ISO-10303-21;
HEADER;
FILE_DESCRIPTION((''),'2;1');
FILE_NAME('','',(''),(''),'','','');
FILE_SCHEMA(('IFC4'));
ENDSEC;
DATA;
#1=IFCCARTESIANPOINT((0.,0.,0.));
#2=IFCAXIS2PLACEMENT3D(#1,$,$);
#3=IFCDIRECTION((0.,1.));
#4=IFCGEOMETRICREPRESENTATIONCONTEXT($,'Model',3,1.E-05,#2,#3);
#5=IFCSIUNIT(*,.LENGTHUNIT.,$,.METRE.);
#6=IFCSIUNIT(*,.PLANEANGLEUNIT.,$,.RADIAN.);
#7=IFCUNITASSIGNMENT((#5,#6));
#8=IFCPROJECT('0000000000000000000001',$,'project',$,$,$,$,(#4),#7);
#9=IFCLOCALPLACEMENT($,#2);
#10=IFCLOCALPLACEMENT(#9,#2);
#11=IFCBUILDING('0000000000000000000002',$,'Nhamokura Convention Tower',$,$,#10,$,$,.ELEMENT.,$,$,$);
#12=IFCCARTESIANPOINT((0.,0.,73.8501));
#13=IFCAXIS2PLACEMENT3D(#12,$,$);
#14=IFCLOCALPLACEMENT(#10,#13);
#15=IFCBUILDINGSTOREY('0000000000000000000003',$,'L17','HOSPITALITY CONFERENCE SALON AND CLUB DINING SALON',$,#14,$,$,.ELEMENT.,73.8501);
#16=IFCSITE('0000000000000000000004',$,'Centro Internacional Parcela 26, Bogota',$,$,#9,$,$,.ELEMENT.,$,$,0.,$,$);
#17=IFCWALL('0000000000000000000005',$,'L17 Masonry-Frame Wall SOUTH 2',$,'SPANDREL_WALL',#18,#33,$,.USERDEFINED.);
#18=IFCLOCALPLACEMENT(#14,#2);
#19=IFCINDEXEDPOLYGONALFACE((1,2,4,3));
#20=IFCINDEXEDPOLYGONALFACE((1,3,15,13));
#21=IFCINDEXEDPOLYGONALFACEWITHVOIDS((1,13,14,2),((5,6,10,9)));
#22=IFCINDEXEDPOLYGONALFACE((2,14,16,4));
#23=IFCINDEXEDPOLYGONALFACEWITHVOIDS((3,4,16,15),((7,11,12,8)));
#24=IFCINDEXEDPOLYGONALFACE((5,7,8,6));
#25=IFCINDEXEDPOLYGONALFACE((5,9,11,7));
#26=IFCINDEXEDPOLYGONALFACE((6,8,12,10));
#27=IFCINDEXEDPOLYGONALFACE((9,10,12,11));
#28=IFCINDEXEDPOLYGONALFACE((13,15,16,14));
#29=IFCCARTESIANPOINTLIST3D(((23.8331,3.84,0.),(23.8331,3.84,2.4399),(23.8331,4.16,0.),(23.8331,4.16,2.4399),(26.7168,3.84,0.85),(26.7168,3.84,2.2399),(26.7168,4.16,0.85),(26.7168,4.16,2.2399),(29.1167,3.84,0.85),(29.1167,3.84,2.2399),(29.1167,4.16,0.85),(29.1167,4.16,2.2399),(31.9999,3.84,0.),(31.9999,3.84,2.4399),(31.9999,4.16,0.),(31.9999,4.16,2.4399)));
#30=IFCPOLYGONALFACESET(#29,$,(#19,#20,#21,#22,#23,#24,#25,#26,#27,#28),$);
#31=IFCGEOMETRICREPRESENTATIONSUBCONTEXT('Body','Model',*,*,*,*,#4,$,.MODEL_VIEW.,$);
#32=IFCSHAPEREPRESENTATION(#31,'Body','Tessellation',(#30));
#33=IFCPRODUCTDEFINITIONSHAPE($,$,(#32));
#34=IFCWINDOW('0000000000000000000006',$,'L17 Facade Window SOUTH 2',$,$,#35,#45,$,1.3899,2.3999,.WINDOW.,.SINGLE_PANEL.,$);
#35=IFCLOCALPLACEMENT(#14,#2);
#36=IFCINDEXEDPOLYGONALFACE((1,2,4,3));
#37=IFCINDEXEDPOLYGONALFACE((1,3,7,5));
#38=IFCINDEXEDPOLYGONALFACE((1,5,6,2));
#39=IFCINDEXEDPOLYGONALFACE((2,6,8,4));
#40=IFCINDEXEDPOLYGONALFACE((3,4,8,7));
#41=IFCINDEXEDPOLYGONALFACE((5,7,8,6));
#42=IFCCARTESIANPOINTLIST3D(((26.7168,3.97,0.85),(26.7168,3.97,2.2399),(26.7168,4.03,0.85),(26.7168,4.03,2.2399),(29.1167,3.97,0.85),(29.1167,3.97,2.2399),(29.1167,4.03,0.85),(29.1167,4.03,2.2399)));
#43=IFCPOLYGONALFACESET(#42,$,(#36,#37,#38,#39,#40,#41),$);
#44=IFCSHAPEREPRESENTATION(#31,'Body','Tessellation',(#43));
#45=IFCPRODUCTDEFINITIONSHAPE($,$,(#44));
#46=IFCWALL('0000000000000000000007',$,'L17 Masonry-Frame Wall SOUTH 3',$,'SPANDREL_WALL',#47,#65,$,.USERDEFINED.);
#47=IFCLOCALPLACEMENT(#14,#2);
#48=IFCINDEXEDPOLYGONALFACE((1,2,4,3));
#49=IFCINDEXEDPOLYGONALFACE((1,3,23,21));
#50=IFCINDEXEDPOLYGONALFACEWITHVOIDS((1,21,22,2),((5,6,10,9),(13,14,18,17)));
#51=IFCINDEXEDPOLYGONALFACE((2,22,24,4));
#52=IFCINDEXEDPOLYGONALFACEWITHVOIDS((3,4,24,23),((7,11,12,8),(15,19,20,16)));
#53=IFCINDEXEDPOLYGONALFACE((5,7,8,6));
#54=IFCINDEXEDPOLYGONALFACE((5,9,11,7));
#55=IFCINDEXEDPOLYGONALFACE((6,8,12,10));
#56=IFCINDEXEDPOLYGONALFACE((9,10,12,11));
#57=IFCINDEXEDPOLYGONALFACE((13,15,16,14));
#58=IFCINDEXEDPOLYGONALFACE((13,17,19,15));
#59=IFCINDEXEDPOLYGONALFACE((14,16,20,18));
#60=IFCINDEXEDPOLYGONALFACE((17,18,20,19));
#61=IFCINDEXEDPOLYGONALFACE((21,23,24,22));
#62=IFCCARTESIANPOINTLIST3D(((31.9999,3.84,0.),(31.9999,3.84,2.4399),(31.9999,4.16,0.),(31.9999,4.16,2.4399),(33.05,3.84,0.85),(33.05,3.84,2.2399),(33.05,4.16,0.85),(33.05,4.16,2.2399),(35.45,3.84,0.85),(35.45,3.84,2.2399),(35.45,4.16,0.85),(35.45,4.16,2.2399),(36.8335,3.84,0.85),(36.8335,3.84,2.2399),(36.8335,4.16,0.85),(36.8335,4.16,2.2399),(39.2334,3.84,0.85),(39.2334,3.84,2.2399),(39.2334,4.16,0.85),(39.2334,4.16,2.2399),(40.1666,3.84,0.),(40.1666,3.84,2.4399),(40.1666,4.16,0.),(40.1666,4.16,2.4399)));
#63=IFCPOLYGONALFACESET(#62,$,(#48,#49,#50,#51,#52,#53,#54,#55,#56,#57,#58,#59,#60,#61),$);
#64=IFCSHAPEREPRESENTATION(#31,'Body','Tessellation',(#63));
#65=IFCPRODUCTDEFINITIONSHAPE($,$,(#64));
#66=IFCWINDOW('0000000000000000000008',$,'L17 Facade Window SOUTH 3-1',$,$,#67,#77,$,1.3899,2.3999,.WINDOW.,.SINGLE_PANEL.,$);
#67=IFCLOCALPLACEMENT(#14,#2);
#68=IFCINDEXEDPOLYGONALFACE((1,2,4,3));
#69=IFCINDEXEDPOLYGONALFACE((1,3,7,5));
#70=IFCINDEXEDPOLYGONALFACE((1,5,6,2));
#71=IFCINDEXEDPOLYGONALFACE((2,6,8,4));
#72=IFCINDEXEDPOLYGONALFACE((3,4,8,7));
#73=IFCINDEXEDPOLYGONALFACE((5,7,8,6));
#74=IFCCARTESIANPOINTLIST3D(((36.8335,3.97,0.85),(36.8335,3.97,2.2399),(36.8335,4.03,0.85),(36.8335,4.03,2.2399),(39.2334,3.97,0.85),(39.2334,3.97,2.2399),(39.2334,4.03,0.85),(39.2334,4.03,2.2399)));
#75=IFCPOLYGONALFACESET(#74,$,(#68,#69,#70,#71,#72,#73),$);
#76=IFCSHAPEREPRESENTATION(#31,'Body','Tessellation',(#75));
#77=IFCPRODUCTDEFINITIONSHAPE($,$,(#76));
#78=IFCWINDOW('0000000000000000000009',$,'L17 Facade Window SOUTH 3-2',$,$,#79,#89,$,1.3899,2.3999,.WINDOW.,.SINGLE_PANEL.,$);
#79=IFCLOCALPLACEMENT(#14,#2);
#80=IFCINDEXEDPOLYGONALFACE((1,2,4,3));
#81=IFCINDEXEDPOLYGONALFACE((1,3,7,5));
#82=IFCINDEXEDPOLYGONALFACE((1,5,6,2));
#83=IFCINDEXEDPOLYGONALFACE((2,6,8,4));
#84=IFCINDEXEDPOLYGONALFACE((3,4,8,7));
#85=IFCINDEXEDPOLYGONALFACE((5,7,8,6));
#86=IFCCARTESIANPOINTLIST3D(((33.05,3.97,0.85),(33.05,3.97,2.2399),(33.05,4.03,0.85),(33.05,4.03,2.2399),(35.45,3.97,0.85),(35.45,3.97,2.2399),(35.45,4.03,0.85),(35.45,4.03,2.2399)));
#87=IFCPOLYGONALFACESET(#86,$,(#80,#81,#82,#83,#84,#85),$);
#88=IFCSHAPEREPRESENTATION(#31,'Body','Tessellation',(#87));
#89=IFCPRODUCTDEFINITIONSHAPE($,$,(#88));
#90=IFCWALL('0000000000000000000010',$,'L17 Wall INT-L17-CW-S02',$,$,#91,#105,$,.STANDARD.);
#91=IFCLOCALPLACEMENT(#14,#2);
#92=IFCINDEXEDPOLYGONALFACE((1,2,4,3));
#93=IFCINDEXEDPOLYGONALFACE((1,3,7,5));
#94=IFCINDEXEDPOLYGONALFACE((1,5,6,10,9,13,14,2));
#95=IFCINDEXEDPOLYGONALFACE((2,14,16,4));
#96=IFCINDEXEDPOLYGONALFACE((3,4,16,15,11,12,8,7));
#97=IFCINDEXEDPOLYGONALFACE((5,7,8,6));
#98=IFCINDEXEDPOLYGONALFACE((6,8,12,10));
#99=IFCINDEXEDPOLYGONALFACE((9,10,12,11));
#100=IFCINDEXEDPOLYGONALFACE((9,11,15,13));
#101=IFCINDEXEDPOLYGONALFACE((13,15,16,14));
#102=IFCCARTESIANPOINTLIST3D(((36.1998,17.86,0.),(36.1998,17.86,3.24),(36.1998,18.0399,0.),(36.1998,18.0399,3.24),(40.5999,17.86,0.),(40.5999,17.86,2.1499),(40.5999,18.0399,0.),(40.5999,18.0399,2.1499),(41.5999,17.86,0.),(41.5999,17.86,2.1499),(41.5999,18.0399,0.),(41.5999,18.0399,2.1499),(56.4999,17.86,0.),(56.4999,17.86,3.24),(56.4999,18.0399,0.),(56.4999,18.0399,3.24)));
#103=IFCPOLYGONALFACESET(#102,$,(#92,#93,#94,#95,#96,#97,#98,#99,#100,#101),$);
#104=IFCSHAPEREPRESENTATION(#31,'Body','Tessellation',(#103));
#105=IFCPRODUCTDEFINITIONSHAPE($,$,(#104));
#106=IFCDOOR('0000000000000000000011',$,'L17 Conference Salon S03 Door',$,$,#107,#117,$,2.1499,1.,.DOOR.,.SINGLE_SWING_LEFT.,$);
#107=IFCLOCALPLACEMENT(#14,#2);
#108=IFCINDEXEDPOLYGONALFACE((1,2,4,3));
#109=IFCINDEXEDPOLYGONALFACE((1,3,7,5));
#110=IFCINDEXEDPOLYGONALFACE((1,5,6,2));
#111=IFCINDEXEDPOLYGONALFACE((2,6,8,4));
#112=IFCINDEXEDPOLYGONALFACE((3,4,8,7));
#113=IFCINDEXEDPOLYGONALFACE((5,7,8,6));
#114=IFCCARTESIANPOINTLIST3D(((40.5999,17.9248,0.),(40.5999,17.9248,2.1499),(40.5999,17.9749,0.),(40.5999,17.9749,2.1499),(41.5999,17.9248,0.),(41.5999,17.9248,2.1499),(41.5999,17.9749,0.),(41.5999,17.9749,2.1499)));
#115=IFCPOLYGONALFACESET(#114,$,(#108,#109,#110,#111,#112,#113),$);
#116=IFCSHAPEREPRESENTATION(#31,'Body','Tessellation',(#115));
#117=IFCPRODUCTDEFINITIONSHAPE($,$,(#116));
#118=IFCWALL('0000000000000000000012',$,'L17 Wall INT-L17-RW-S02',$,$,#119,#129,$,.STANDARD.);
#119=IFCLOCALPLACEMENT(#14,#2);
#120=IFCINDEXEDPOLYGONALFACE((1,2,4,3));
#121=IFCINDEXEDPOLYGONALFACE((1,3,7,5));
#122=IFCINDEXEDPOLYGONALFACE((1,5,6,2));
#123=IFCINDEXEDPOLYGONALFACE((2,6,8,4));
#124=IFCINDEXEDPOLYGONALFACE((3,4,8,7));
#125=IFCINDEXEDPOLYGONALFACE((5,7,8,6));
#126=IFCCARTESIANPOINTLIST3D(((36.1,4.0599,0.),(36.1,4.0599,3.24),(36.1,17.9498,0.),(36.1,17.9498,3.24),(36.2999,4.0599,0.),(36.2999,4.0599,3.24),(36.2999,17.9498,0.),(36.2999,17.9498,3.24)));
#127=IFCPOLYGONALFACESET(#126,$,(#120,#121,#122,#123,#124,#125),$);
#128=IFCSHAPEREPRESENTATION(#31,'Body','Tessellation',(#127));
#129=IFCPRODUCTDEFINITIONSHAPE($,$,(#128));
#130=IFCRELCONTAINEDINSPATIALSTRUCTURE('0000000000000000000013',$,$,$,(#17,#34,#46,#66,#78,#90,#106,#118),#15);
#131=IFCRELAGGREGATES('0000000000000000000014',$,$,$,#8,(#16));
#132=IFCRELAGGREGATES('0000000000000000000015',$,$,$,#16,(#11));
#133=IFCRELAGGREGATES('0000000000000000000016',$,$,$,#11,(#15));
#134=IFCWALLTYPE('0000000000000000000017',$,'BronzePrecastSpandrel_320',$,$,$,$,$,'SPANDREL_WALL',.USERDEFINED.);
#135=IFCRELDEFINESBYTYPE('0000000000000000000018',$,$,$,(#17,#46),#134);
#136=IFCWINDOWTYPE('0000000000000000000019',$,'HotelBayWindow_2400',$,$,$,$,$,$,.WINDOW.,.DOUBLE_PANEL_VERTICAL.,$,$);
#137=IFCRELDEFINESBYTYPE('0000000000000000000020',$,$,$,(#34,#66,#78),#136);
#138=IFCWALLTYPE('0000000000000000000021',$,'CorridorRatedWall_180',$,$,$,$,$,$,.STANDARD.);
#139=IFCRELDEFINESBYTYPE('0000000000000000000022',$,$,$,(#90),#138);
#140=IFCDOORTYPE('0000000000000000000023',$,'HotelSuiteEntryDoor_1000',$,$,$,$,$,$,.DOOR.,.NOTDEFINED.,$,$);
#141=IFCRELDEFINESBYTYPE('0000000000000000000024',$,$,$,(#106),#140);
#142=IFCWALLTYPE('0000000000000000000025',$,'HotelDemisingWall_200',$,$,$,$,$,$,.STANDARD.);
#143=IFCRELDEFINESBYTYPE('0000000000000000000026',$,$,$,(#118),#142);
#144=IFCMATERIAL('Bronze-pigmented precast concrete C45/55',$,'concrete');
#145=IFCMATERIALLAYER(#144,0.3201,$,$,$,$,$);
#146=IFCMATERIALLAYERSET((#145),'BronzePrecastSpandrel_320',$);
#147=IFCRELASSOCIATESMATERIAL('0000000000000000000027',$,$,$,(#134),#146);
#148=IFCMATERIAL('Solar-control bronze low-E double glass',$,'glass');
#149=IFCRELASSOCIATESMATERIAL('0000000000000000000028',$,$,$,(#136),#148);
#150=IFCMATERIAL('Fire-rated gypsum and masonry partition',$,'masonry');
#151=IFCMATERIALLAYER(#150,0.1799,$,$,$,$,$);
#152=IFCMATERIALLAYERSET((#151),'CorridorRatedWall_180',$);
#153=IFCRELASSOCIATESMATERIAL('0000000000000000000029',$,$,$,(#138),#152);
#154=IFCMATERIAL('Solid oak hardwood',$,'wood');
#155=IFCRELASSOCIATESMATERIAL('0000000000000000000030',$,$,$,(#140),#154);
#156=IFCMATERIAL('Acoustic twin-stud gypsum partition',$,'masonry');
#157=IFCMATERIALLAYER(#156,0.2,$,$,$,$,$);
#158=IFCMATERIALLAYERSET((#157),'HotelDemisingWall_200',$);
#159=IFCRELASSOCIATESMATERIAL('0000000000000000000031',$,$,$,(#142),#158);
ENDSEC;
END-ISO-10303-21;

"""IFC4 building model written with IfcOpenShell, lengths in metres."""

from ifc_helpers import new_model, si_unit, direction, frame, frame_2d, origin, place, context, subcontext, project, spatial, rectangle, extrude, material, layer, layer_set, type_object, element, fill, save


model = new_model("IFC4")

# Units and contexts
model_context = context("Model", 3, precision=1e-05, world=origin(), true_north=direction((0.0, 1.0)))
body_context = subcontext(model_context, "Body", "Model", "MODEL_VIEW")
ifc_project = project(units=[si_unit("LENGTHUNIT", "METRE"), si_unit("PLANEANGLEUNIT", "RADIAN")], contexts=[model_context])

# Site, building, storey
site_placement = place(None, origin())
site = spatial("IfcSite", under=ifc_project, at=site_placement, Name="Centro Internacional Parcela 26, Bogota", CompositionType="ELEMENT", RefElevation=0.0)
building_placement = place(site_placement, origin())
building = spatial("IfcBuilding", under=site, at=building_placement, Name="Nhamokura Convention Tower", CompositionType="ELEMENT")
storey_placement = place(building_placement, frame((0.0, 0.0, 73.8501)))
storey = spatial("IfcBuildingStorey", under=building, at=storey_placement, Name="L17", Description="HOSPITALITY CONFERENCE SALON AND CLUB DINING SALON", CompositionType="ELEMENT", Elevation=73.8501)

# Wall, opening, window
ifc_material_1 = material(Name="Bronze-pigmented precast concrete C45/55", Category="concrete")
ifc_layer_1 = layer(ifc_material_1, 0.3201)
ifc_layer_set_1 = layer_set([ifc_layer_1], Name="BronzePrecastSpandrel_320")
wall_type_1 = type_object("IfcWallType", Name="BronzePrecastSpandrel_320", ElementType="SPANDREL_WALL", PredefinedType="USERDEFINED", material=ifc_layer_set_1)
wall_1_placement = place(storey_placement, frame((32.0, 4.0, 0.0), z_axis=(0.0, 0.0, 1.0), x_axis=(-1.0, 0.0, 0.0)))
wall_1 = element("IfcWall", 1, at=wall_1_placement, inside=storey, type_object=wall_type_1, Name="L17 Masonry-Frame Wall SOUTH 2", ObjectType="SPANDREL_WALL", PredefinedType="USERDEFINED", context=body_context, shape_type="SweptSolid", body=[
    extrude(rectangle(XDim=8.1667, YDim=0.3201, at=frame_2d((4.0835, 0.0))), origin(), (0.0, 0.0, 1.0), 2.4399),
])
opening_1_placement = place(wall_1_placement, frame((2.8833, 0.0, 0.8501)))
opening_1 = element("IfcOpeningElement", 2, at=opening_1_placement, cuts=wall_1, PredefinedType="OPENING", context=body_context, shape_type="SweptSolid", body=[
    extrude(rectangle(XDim=2.3999, YDim=1.3899, at=frame_2d((1.2, 0.6948))), frame((0.0, 0.1699, 0.0), z_axis=(0.0, -1.0, 0.0), x_axis=(1.0, 0.0, 0.0)), (0.0, 0.0, 1.0), 0.3401),
])
ifc_material_2 = material(Name="Solar-control bronze low-E double glass", Category="glass")
window_type = type_object("IfcWindowType", Name="HotelBayWindow_2400", PartitioningType="DOUBLE_PANEL_VERTICAL", PredefinedType="WINDOW", material=ifc_material_2)
window_1_placement = place(opening_1_placement, origin())
window_1 = element("IfcWindow", 3, at=window_1_placement, inside=storey, type_object=window_type, Name="L17 Facade Window SOUTH 2", OverallHeight=1.3899, OverallWidth=2.3999, PartitioningType="SINGLE_PANEL", PredefinedType="WINDOW", context=body_context, shape_type="SweptSolid", body=[
    extrude(rectangle(XDim=2.3999, YDim=1.3899, at=frame_2d((1.2, 0.6948))), frame((0.0, 0.03, 0.0), z_axis=(0.0, -1.0, 0.0), x_axis=(1.0, 0.0, 0.0)), (0.0, 0.0, 1.0), 0.0601),
])
fill(opening_1, window_1)

# Wall, openings, windows
wall_2_placement = place(storey_placement, frame((40.1667, 4.0, 0.0), z_axis=(0.0, 0.0, 1.0), x_axis=(-1.0, 0.0, 0.0)))
wall_2 = element("IfcWall", 4, at=wall_2_placement, inside=storey, type_object=wall_type_1, Name="L17 Masonry-Frame Wall SOUTH 3", ObjectType="SPANDREL_WALL", PredefinedType="USERDEFINED", context=body_context, shape_type="SweptSolid", body=[
    extrude(rectangle(XDim=8.1667, YDim=0.3201, at=frame_2d((4.0835, 0.0))), origin(), (0.0, 0.0, 1.0), 2.4399),
])
opening_2_placement = place(wall_2_placement, frame((0.9333, 0.0, 0.8501)))
opening_2 = element("IfcOpeningElement", 5, at=opening_2_placement, cuts=wall_2, PredefinedType="OPENING", context=body_context, shape_type="SweptSolid", body=[
    extrude(rectangle(XDim=2.3999, YDim=1.3899, at=frame_2d((1.2, 0.6948))), frame((0.0, 0.1699, 0.0), z_axis=(0.0, -1.0, 0.0), x_axis=(1.0, 0.0, 0.0)), (0.0, 0.0, 1.0), 0.3401),
])
opening_3_placement = place(wall_2_placement, frame((4.7168, 0.0, 0.8501)))
opening_3 = element("IfcOpeningElement", 6, at=opening_3_placement, cuts=wall_2, PredefinedType="OPENING", context=body_context, shape_type="SweptSolid", body=[
    extrude(rectangle(XDim=2.3999, YDim=1.3899, at=frame_2d((1.2, 0.6948))), frame((0.0, 0.1699, 0.0), z_axis=(0.0, -1.0, 0.0), x_axis=(1.0, 0.0, 0.0)), (0.0, 0.0, 1.0), 0.3401),
])
window_2_placement = place(opening_2_placement, origin())
window_2 = element("IfcWindow", 7, at=window_2_placement, inside=storey, type_object=window_type, Name="L17 Facade Window SOUTH 3-1", OverallHeight=1.3899, OverallWidth=2.3999, PartitioningType="SINGLE_PANEL", PredefinedType="WINDOW", context=body_context, shape_type="SweptSolid", body=[
    extrude(rectangle(XDim=2.3999, YDim=1.3899, at=frame_2d((1.2, 0.6948))), frame((0.0, 0.03, 0.0), z_axis=(0.0, -1.0, 0.0), x_axis=(1.0, 0.0, 0.0)), (0.0, 0.0, 1.0), 0.0601),
])
fill(opening_2, window_2)
window_3_placement = place(opening_3_placement, origin())
window_3 = element("IfcWindow", 8, at=window_3_placement, inside=storey, type_object=window_type, Name="L17 Facade Window SOUTH 3-2", OverallHeight=1.3899, OverallWidth=2.3999, PartitioningType="SINGLE_PANEL", PredefinedType="WINDOW", context=body_context, shape_type="SweptSolid", body=[
    extrude(rectangle(XDim=2.3999, YDim=1.3899, at=frame_2d((1.2, 0.6948))), frame((0.0, 0.03, 0.0), z_axis=(0.0, -1.0, 0.0), x_axis=(1.0, 0.0, 0.0)), (0.0, 0.0, 1.0), 0.0601),
])
fill(opening_3, window_3)

# Wall, opening, door
ifc_material_3 = material(Name="Fire-rated gypsum and masonry partition", Category="masonry")
ifc_layer_2 = layer(ifc_material_3, 0.1799)
ifc_layer_set_2 = layer_set([ifc_layer_2], Name="CorridorRatedWall_180")
wall_type_2 = type_object("IfcWallType", Name="CorridorRatedWall_180", PredefinedType="STANDARD", material=ifc_layer_set_2)
wall_3_placement = place(storey_placement, frame((36.2, 17.95, 0.0), z_axis=(0.0, 0.0, 1.0), x_axis=(1.0, 0.0, 0.0)))
wall_3 = element("IfcWall", 9, at=wall_3_placement, inside=storey, type_object=wall_type_2, Name="L17 Wall INT-L17-CW-S02", PredefinedType="STANDARD", context=body_context, shape_type="SweptSolid", body=[
    extrude(rectangle(XDim=20.3, YDim=0.1799, at=frame_2d((10.1499, 0.0))), origin(), (0.0, 0.0, 1.0), 3.24),
])
opening_4_placement = place(wall_3_placement, frame((4.3999, 0.0, 0.0)))
opening_4 = element("IfcOpeningElement", 10, at=opening_4_placement, cuts=wall_3, PredefinedType="OPENING", context=body_context, shape_type="SweptSolid", body=[
    extrude(rectangle(XDim=1.0, YDim=2.1499, at=frame_2d((0.5, 1.075))), frame((0.0, 0.0999, 0.0), z_axis=(0.0, -1.0, 0.0), x_axis=(1.0, 0.0, 0.0)), (0.0, 0.0, 1.0), 0.2),
])
ifc_material_4 = material(Name="Solid oak hardwood", Category="wood")
door_type_1 = type_object("IfcDoorType", Name="HotelSuiteEntryDoor_1000", OperationType="NOTDEFINED", PredefinedType="DOOR", material=ifc_material_4)
door_1_placement = place(opening_4_placement, origin())
door_1 = element("IfcDoor", 11, at=door_1_placement, inside=storey, type_object=door_type_1, Name="L17 Conference Salon S03 Door", OperationType="SINGLE_SWING_LEFT", OverallHeight=2.1499, OverallWidth=1.0, PredefinedType="DOOR", context=body_context, shape_type="SweptSolid", body=[
    extrude(rectangle(XDim=1.0, YDim=2.1499, at=frame_2d((0.5, 1.075))), frame((0.0, 0.0249, 0.0), z_axis=(0.0, -1.0, 0.0), x_axis=(1.0, 0.0, 0.0)), (0.0, 0.0, 1.0), 0.05),
])
fill(opening_4, door_1)

# Wall
ifc_material_5 = material(Name="Acoustic twin-stud gypsum partition", Category="masonry")
ifc_layer_3 = layer(ifc_material_5, 0.2)
ifc_layer_set_3 = layer_set([ifc_layer_3], Name="HotelDemisingWall_200")
wall_type_3 = type_object("IfcWallType", Name="HotelDemisingWall_200", PredefinedType="STANDARD", material=ifc_layer_set_3)
wall_4_placement = place(storey_placement, frame((36.2, 4.0601, 0.0), z_axis=(0.0, 0.0, 1.0), x_axis=(0.0, 1.0, 0.0)))
element("IfcWall", 12, at=wall_4_placement, inside=storey, type_object=wall_type_3, Name="L17 Wall INT-L17-RW-S02", PredefinedType="STANDARD", context=body_context, shape_type="SweptSolid", body=[
    extrude(rectangle(XDim=13.8899, YDim=0.2, at=frame_2d((6.9448, 0.0))), origin(), (0.0, 0.0, 1.0), 3.24),
])

save(model, "model.ifc")
